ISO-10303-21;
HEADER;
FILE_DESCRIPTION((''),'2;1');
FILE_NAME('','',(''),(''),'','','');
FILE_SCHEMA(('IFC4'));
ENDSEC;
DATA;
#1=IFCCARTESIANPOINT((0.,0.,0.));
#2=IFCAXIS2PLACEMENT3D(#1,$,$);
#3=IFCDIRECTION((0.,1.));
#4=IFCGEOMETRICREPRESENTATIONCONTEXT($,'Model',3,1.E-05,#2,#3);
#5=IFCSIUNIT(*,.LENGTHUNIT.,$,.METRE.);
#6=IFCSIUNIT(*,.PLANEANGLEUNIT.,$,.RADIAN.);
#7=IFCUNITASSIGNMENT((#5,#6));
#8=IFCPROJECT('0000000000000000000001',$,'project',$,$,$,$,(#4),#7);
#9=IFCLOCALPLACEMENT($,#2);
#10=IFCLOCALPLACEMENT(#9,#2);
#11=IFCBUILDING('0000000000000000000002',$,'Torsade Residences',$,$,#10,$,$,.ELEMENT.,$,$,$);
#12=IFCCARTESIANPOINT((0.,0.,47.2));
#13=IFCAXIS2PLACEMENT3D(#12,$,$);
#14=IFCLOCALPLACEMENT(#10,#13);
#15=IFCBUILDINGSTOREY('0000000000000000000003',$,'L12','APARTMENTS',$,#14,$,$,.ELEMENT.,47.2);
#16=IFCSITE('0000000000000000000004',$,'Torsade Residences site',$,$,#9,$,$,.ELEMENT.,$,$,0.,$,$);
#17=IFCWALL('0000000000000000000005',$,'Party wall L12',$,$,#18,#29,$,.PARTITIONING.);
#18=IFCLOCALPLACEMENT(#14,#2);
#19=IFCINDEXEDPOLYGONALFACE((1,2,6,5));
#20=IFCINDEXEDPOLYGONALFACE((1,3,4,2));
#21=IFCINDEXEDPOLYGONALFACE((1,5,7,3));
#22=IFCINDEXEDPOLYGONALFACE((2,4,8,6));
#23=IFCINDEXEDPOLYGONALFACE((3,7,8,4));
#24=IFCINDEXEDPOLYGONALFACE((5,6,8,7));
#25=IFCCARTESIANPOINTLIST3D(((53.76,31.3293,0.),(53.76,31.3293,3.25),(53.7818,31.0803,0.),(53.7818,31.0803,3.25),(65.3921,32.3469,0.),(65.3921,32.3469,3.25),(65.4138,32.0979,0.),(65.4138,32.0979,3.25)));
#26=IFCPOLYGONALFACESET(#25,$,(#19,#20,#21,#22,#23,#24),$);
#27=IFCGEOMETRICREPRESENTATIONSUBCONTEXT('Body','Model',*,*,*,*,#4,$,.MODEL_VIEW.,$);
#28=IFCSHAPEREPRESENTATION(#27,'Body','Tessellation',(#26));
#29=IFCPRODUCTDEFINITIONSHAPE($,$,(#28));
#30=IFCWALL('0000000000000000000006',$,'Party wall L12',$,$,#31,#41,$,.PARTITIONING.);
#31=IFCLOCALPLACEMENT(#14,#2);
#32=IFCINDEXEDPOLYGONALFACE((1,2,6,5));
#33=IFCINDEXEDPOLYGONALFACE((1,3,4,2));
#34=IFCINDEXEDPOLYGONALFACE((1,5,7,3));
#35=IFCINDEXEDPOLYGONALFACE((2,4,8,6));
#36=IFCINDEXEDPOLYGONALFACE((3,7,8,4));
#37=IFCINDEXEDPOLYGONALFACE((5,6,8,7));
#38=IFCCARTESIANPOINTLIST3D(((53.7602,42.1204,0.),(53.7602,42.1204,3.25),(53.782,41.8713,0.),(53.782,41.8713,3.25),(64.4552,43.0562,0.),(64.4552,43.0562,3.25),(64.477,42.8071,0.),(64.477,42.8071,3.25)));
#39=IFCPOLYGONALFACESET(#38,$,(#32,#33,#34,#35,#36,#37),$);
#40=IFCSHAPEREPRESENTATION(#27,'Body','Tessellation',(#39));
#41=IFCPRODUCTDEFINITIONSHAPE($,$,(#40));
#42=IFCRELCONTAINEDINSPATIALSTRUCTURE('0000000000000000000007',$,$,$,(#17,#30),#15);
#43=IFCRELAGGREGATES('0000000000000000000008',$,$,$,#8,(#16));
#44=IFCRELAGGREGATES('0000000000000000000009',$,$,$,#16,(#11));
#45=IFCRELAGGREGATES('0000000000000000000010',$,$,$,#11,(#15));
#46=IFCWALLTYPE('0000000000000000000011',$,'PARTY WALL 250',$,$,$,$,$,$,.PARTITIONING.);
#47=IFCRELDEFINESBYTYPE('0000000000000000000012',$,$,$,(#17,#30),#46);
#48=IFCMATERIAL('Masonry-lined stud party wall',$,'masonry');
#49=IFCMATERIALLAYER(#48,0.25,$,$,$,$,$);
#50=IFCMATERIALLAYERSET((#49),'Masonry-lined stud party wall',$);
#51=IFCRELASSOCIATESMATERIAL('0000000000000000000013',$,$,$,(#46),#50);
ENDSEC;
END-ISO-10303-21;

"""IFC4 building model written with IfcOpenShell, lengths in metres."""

from ifc_helpers import new_model, si_unit, direction, frame, frame_2d, origin, place, context, subcontext, project, spatial, rectangle, extrude, material, layer, layer_set, type_object, element, save


model = new_model("IFC4")

# Units and contexts
model_context = context("Model", 3, precision=1e-05, world=origin(), true_north=direction((0.0, 1.0)))
body_context = subcontext(model_context, "Body", "Model", "MODEL_VIEW")
ifc_project = project(units=[si_unit("LENGTHUNIT", "METRE"), si_unit("PLANEANGLEUNIT", "RADIAN")], contexts=[model_context])

# Site, building, storey
site_placement = place(None, origin())
site = spatial("IfcSite", under=ifc_project, at=site_placement, Name="Torsade Residences site", CompositionType="ELEMENT", RefElevation=0.0)
building_placement = place(site_placement, origin())
building = spatial("IfcBuilding", under=site, at=building_placement, Name="Torsade Residences", CompositionType="ELEMENT")
storey_placement = place(building_placement, frame((0.0, 0.0, 47.2)))
storey = spatial("IfcBuildingStorey", under=building, at=storey_placement, Name="L12", Description="APARTMENTS", CompositionType="ELEMENT", Elevation=47.2)

# Walls
ifc_material_1 = material(Name="Masonry-lined stud party wall", Category="masonry")
ifc_layer_1 = layer(ifc_material_1, 0.25)
ifc_layer_set_1 = layer_set([ifc_layer_1], Name="Masonry-lined stud party wall")
wall_type_1 = type_object("IfcWallType", Name="PARTY WALL 250", PredefinedType="PARTITIONING", material=ifc_layer_set_1)
wall_1_placement = place(storey_placement, frame((65.4031, 32.2224, 0.0), z_axis=(0.0, 0.0, 1.0), x_axis=(-0.996195, -0.087147, 0.0)))
element("IfcWall", 1, at=wall_1_placement, inside=storey, type_object=wall_type_1, Name="Party wall L12", PredefinedType="PARTITIONING", context=body_context, shape_type="SweptSolid", body=[
    extrude(rectangle(XDim=11.6765, YDim=0.25, at=frame_2d((5.8384, 0.0))), origin(), (0.0, 0.0, 1.0), 3.25),
])
wall_2_placement = place(storey_placement, frame((64.4661, 42.9316, 0.0), z_axis=(0.0, 0.0, 1.0), x_axis=(-0.996194, -0.087164, 0.0)))
element("IfcWall", 2, at=wall_2_placement, inside=storey, type_object=wall_type_1, Name="Party wall L12", PredefinedType="PARTITIONING", context=body_context, shape_type="SweptSolid", body=[
    extrude(rectangle(XDim=10.7358, YDim=0.25, at=frame_2d((5.3679, 0.0))), origin(), (0.0, 0.0, 1.0), 3.25),
])

save(model, "model.ifc")
